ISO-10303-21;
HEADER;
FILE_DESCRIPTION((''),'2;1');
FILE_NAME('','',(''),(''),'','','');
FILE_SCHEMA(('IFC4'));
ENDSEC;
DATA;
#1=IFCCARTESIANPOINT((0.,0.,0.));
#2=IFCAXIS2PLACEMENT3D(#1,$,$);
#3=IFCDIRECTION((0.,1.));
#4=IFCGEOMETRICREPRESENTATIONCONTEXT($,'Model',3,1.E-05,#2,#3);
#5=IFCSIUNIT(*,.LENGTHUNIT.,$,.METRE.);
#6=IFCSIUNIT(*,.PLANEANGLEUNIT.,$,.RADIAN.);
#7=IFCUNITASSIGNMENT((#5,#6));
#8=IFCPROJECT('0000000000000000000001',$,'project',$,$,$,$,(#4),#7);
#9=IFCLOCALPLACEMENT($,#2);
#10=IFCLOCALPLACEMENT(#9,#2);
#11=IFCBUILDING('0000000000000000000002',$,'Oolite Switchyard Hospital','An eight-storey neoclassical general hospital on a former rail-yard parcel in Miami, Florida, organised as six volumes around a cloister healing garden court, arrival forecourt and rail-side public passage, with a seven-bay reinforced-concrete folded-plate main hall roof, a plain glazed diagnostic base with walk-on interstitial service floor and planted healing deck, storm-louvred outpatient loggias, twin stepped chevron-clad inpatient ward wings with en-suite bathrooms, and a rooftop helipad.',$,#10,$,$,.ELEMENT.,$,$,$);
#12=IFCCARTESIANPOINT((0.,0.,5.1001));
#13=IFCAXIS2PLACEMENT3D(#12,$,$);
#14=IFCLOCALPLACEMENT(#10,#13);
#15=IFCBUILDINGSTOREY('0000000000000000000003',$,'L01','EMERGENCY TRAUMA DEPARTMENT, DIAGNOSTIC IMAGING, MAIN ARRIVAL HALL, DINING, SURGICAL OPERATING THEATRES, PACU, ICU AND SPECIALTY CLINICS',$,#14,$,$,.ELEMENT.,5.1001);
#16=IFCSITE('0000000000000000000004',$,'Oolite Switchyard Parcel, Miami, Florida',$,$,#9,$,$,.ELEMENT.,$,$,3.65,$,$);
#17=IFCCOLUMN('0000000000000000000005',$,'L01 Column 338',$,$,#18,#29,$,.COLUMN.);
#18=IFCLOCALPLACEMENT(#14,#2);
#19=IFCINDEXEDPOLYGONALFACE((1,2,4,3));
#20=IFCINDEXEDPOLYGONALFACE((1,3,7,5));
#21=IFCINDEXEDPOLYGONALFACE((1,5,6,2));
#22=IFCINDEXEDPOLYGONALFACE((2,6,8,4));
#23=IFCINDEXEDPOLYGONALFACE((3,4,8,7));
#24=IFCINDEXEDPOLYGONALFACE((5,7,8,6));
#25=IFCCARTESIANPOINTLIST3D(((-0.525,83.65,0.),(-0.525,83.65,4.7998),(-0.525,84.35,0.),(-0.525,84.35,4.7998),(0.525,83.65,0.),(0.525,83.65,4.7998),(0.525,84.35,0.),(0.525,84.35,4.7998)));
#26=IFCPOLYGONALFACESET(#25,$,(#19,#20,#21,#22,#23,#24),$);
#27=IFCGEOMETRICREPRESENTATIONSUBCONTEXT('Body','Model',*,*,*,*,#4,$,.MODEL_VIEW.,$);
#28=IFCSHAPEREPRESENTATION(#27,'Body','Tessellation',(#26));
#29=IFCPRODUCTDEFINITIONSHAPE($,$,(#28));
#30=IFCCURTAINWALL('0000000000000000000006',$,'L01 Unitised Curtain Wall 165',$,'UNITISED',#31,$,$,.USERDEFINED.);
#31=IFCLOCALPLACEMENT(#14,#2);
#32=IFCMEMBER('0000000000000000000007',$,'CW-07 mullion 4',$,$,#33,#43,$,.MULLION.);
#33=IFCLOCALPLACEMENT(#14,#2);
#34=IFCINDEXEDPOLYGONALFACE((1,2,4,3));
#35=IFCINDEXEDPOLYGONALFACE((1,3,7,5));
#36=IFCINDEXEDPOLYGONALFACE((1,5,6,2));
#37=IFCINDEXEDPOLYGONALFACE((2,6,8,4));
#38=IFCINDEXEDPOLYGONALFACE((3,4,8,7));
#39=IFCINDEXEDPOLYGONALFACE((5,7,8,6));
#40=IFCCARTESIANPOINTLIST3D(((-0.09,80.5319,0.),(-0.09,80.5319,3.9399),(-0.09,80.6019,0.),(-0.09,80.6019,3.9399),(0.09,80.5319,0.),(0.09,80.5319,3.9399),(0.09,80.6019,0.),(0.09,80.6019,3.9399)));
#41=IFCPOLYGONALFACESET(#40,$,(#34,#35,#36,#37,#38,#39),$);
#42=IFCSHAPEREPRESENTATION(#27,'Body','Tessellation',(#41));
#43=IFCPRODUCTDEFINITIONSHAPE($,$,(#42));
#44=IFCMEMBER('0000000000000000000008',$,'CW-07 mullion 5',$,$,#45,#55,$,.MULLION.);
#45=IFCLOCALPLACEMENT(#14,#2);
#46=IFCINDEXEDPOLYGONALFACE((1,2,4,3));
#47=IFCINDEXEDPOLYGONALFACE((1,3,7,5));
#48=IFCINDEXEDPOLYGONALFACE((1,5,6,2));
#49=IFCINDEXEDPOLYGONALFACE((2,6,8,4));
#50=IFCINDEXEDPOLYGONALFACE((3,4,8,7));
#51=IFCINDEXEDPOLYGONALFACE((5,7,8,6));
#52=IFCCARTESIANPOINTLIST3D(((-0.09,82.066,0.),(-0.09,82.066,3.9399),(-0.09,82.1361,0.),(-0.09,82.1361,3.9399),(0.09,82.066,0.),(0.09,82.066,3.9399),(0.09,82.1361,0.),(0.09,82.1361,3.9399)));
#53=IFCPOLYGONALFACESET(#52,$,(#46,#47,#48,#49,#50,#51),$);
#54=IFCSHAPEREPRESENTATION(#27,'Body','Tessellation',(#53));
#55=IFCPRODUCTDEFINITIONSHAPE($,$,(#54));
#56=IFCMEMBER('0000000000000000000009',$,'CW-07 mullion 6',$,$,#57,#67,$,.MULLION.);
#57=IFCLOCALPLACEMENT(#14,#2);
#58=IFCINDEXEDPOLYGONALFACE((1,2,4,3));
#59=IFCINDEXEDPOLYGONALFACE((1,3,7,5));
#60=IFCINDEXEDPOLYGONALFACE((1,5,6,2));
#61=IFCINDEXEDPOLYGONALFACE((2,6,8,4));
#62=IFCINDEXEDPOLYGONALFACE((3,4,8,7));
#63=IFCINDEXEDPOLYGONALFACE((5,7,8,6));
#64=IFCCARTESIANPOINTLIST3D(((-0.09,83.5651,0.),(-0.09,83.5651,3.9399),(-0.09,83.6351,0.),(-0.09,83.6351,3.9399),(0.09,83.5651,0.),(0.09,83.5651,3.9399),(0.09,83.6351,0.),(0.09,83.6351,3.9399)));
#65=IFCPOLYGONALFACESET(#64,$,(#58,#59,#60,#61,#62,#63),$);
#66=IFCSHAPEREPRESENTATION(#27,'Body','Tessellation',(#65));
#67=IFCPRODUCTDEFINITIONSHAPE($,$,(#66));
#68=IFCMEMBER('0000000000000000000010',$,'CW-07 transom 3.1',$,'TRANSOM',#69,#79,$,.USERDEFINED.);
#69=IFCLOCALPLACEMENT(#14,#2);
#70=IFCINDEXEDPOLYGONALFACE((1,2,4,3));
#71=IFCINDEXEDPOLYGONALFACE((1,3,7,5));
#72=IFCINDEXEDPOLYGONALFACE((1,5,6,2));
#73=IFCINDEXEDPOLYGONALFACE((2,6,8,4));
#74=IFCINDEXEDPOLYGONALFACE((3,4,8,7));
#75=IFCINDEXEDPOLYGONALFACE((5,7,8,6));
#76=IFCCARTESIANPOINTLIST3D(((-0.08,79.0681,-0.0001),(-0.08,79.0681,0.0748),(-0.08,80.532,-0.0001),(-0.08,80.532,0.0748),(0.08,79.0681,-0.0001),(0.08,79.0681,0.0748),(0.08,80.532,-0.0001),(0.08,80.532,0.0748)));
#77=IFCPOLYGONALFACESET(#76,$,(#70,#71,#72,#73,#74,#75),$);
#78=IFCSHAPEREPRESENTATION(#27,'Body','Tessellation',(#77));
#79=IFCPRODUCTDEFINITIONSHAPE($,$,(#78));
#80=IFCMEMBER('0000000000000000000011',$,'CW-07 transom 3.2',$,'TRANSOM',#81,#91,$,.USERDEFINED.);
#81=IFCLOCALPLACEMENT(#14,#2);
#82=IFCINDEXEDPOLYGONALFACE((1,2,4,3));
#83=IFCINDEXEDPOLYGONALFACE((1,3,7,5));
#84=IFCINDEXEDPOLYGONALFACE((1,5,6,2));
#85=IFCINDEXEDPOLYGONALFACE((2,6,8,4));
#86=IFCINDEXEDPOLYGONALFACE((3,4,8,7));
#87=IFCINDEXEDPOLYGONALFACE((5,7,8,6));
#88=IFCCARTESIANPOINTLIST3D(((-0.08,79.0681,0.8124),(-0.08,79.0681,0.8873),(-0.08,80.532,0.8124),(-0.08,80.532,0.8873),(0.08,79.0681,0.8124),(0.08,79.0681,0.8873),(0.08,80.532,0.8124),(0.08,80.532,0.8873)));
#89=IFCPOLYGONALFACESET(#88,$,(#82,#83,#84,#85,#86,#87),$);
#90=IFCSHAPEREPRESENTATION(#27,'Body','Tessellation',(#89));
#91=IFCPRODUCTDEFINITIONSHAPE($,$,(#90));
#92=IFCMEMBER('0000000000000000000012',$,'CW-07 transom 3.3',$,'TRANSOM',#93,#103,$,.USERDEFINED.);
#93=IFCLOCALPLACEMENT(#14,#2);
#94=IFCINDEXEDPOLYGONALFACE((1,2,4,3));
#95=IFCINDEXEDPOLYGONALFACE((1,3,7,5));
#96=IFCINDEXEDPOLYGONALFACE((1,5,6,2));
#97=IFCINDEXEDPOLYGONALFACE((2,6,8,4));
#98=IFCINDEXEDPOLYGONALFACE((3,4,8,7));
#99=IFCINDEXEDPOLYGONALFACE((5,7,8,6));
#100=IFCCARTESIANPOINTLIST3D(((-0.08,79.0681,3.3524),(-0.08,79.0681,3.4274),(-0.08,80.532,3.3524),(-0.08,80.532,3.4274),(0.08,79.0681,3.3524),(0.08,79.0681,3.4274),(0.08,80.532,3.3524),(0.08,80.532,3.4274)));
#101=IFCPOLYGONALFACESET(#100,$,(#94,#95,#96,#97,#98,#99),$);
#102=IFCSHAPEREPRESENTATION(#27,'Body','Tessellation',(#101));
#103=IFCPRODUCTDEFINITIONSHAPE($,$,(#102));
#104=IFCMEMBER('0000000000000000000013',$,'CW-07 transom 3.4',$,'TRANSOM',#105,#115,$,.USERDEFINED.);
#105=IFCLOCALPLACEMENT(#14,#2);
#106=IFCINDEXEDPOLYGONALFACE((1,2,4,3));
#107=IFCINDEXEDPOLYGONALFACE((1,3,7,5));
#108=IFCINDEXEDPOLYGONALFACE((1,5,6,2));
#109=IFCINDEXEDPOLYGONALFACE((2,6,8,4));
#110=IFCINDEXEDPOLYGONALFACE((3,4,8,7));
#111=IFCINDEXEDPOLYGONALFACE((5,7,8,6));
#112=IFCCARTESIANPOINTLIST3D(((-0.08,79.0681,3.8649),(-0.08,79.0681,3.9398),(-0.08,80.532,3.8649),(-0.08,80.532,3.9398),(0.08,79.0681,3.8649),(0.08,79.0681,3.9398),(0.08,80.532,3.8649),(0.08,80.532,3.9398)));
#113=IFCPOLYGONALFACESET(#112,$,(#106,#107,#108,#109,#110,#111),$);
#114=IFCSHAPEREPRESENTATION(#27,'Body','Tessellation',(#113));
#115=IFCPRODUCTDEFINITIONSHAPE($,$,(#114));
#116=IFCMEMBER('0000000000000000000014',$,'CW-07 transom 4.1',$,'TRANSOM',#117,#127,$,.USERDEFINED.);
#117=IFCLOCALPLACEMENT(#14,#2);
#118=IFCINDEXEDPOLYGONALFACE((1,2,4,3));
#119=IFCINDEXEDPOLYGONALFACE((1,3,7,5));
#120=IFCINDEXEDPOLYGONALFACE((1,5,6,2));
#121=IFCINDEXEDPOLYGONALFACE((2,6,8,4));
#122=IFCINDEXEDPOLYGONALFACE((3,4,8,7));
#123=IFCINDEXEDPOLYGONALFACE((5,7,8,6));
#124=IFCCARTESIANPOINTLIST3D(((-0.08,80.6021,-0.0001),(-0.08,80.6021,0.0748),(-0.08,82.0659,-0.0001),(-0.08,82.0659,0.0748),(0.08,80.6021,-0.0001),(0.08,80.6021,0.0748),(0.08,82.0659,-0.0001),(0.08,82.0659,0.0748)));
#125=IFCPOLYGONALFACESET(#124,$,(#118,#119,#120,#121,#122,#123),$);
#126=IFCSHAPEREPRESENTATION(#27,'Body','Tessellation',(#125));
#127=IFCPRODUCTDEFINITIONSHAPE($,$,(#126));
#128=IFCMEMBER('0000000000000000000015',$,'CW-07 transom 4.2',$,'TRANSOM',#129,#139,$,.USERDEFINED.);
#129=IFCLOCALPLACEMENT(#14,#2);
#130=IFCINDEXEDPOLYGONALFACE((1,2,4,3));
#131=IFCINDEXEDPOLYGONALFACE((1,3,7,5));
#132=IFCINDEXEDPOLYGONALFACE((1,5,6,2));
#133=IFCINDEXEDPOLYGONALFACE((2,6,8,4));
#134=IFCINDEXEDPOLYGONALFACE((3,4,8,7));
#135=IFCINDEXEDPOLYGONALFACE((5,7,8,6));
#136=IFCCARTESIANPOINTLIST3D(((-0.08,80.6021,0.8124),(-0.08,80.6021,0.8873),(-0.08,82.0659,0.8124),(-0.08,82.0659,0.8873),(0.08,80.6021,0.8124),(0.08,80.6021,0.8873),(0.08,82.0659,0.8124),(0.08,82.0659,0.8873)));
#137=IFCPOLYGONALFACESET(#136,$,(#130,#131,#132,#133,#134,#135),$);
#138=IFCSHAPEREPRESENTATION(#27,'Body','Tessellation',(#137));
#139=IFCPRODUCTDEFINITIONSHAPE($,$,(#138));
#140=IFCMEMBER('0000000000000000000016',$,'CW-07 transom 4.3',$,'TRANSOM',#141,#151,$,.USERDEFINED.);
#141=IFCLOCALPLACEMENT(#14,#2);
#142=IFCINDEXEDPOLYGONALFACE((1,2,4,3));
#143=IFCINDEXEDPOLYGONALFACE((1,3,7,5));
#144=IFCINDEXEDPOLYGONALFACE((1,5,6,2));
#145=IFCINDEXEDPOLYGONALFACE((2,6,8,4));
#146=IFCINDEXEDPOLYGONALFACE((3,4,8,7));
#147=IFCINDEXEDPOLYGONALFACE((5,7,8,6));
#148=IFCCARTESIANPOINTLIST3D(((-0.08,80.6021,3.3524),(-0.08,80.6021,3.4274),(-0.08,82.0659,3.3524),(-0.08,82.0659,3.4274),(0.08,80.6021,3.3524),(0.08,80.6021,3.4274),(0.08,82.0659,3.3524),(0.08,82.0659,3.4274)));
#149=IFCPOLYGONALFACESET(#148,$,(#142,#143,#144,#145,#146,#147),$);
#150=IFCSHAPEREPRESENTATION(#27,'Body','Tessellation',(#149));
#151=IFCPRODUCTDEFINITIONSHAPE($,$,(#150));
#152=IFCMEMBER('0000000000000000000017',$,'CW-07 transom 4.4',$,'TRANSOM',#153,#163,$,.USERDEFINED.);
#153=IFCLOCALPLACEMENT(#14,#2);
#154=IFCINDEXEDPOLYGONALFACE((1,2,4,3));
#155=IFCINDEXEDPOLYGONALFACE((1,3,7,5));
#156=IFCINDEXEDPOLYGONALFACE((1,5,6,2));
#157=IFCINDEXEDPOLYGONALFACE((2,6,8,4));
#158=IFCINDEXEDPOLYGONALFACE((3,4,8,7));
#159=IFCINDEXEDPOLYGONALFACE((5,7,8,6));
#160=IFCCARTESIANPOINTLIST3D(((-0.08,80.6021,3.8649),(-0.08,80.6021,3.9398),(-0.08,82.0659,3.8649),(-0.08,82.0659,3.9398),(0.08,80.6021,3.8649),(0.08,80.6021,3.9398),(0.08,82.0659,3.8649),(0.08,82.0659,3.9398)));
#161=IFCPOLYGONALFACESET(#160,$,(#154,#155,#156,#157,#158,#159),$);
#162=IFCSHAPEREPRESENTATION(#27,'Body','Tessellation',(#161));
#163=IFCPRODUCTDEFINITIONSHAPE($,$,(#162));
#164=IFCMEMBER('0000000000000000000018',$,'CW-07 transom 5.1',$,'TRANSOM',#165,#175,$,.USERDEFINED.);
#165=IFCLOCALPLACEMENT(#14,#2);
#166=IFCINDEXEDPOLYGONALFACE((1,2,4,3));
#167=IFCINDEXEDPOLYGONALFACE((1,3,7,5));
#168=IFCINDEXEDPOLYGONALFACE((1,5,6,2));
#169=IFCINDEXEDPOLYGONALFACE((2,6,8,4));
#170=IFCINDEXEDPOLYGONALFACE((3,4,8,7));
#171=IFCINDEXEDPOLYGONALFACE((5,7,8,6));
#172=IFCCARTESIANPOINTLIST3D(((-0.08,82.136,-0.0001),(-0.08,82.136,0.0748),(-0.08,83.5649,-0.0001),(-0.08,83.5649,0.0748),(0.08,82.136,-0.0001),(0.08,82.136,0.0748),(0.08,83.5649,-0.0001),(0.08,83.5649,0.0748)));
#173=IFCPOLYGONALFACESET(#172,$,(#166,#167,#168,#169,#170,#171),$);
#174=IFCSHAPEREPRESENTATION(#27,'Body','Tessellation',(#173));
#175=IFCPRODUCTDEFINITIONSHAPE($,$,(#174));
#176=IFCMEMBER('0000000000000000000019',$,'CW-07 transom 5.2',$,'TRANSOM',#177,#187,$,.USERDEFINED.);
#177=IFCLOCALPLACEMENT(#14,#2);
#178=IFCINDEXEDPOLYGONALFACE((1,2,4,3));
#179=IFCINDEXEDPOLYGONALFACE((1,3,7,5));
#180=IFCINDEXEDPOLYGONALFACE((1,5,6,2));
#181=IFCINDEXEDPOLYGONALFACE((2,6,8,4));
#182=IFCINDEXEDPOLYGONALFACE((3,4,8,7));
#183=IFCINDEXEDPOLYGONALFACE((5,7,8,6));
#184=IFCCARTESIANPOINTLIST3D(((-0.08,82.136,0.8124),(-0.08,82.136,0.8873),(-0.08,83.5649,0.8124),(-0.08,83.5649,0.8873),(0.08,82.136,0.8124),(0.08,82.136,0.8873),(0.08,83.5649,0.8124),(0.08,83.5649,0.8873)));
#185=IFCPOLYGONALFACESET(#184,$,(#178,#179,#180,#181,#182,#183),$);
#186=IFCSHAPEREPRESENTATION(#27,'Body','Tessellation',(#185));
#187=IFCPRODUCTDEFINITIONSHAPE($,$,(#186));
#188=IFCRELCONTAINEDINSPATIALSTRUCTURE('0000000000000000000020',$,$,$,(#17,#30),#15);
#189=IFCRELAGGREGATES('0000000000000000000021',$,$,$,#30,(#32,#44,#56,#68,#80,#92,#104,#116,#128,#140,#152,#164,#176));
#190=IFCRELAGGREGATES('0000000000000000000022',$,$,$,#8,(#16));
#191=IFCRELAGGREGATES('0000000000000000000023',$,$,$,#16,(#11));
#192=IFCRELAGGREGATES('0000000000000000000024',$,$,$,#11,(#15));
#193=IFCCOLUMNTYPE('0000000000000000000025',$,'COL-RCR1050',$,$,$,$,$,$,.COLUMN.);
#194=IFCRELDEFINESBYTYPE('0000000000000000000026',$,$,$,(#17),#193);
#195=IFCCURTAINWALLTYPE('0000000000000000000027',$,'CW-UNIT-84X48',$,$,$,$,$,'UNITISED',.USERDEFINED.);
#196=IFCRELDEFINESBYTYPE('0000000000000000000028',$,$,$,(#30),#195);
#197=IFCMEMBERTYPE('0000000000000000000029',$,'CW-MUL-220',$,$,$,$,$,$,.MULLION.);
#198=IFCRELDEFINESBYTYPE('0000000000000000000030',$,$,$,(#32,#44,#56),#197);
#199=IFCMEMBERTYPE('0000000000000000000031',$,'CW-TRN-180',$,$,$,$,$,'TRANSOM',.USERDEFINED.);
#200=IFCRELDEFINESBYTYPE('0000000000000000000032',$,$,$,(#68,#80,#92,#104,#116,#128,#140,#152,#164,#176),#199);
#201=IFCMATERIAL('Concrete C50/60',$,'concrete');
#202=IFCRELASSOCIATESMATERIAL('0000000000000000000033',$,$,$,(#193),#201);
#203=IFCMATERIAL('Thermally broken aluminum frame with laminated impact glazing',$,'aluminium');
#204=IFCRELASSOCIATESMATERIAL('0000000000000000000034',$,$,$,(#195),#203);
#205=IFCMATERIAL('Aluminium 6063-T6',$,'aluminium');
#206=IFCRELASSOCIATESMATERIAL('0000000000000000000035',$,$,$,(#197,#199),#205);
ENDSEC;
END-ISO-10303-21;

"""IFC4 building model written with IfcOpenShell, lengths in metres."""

from ifc_helpers import new_model, si_unit, direction, frame, origin, origin_2d, place, context, subcontext, project, spatial, rectangle, extrude, material, material_profile, profile_set, type_object, element, aggregate, save


model = new_model("IFC4")

# Units and contexts
model_context = context("Model", 3, precision=1e-05, world=origin(), true_north=direction((0.0, 1.0)))
body_context = subcontext(model_context, "Body", "Model", "MODEL_VIEW")
ifc_project = project(units=[si_unit("LENGTHUNIT", "METRE"), si_unit("PLANEANGLEUNIT", "RADIAN")], contexts=[model_context])

# Site, building, storey
site_placement = place(None, origin())
site = spatial("IfcSite", under=ifc_project, at=site_placement, Name="Oolite Switchyard Parcel, Miami, Florida", CompositionType="ELEMENT", RefElevation=3.65)
building_placement = place(site_placement, origin())
building = spatial("IfcBuilding", under=site, at=building_placement, Name="Oolite Switchyard Hospital", Description="An eight-storey neoclassical general hospital on a former rail-yard parcel in Miami, Florida, organised as six volumes around a cloister healing garden court, arrival forecourt and rail-side public passage, with a seven-bay reinforced-concrete folded-plate main hall roof, a plain glazed diagnostic base with walk-on interstitial service floor and planted healing deck, storm-louvred outpatient loggias, twin stepped chevron-clad inpatient ward wings with en-suite bathrooms, and a rooftop helipad.", CompositionType="ELEMENT")
storey_placement = place(building_placement, frame((0.0, 0.0, 5.1001)))
storey = spatial("IfcBuildingStorey", under=building, at=storey_placement, Name="L01", Description="EMERGENCY TRAUMA DEPARTMENT, DIAGNOSTIC IMAGING, MAIN ARRIVAL HALL, DINING, SURGICAL OPERATING THEATRES, PACU, ICU AND SPECIALTY CLINICS", CompositionType="ELEMENT", Elevation=5.1001)

# Column
ifc_material_1 = material(Name="Concrete C50/60", Category="concrete")
ifc_material_profile_1 = material_profile(ifc_material_1, rectangle(XDim=1.05, YDim=0.7, at=origin_2d()), Name="RC1050X700")
ifc_profile_set_1 = profile_set([ifc_material_profile_1], Name="Concrete C50/60")
column_type = type_object("IfcColumnType", Name="COL-RCR1050", PredefinedType="COLUMN", material=ifc_profile_set_1)
column_placement = place(storey_placement, frame((0.0, 84.0, 0.0), z_axis=(0.0, 0.0, 1.0), x_axis=(1.0, 0.0, 0.0)))
element("IfcColumn", 1, at=column_placement, inside=storey, type_object=column_type, Name="L01 Column 338", PredefinedType="COLUMN", context=body_context, shape_type="SweptSolid", body=[
    extrude(rectangle(XDim=1.05, YDim=0.7, at=origin_2d()), origin(), (0.0, 0.0, 1.0), 4.7998),
])

# Curtain wall, members
ifc_material_2 = material(Name="Thermally broken aluminum frame with laminated impact glazing", Category="aluminium")
curtain_wall_type = type_object("IfcCurtainWallType", Name="CW-UNIT-84X48", ElementType="UNITISED", PredefinedType="USERDEFINED", material=ifc_material_2)
curtain_wall_placement = place(storey_placement, origin())
curtain_wall = element("IfcCurtainWall", 2, at=curtain_wall_placement, inside=storey, type_object=curtain_wall_type, Name="L01 Unitised Curtain Wall 165", ObjectType="UNITISED", PredefinedType="USERDEFINED")
ifc_material_3 = material(Name="Aluminium 6063-T6", Category="aluminium")
ifc_material_profile_2 = material_profile(ifc_material_3, rectangle(XDim=0.1799, YDim=0.0701, at=origin_2d()), Name="CWM70X180")
ifc_profile_set_2 = profile_set([ifc_material_profile_2], Name="Aluminium 6063-T6")
member_type_1 = type_object("IfcMemberType", Name="CW-MUL-220", PredefinedType="MULLION", material=ifc_profile_set_2)
member_1_placement = place(storey_placement, frame((0.0, 80.5669, 0.0), z_axis=(0.0, 0.0, 1.0), x_axis=(-1.0, 0.0, 0.0)))
member_1 = element("IfcMember", 3, at=member_1_placement, type_object=member_type_1, Name="CW-07 mullion 4", PredefinedType="MULLION", context=body_context, shape_type="SweptSolid", body=[
    extrude(rectangle(XDim=0.1799, YDim=0.0701, at=origin_2d()), origin(), (0.0, 0.0, 1.0), 3.9399),
])
member_2_placement = place(storey_placement, frame((0.0, 82.1011, 0.0), z_axis=(0.0, 0.0, 1.0), x_axis=(-1.0, 0.0, 0.0)))
member_2 = element("IfcMember", 4, at=member_2_placement, type_object=member_type_1, Name="CW-07 mullion 5", PredefinedType="MULLION", context=body_context, shape_type="SweptSolid", body=[
    extrude(rectangle(XDim=0.1799, YDim=0.0701, at=origin_2d()), origin(), (0.0, 0.0, 1.0), 3.9399),
])
member_3_placement = place(storey_placement, frame((0.0, 83.6001, 0.0), z_axis=(0.0, 0.0, 1.0), x_axis=(-1.0, 0.0, 0.0)))
member_3 = element("IfcMember", 5, at=member_3_placement, type_object=member_type_1, Name="CW-07 mullion 6", PredefinedType="MULLION", context=body_context, shape_type="SweptSolid", body=[
    extrude(rectangle(XDim=0.1799, YDim=0.0701, at=origin_2d()), origin(), (0.0, 0.0, 1.0), 3.9399),
])
ifc_material_profile_3 = material_profile(ifc_material_3, rectangle(XDim=0.1599, YDim=0.075, at=origin_2d()), Name="CWT75X160")
ifc_profile_set_3 = profile_set([ifc_material_profile_3], Name="Aluminium 6063-T6")
member_type_2 = type_object("IfcMemberType", Name="CW-TRN-180", ElementType="TRANSOM", PredefinedType="USERDEFINED", material=ifc_profile_set_3)
member_4_placement = place(storey_placement, frame((0.0, 79.0681, 0.0374), z_axis=(0.0, 1.0, 0.0), x_axis=(-1.0, 0.0, 0.0)))
member_4 = element("IfcMember", 6, at=member_4_placement, type_object=member_type_2, Name="CW-07 transom 3.1", ObjectType="TRANSOM", PredefinedType="USERDEFINED", context=body_context, shape_type="SweptSolid", body=[
    extrude(rectangle(XDim=0.1599, YDim=0.075, at=origin_2d()), origin(), (0.0, 0.0, 1.0), 1.4639),
])
member_5_placement = place(storey_placement, frame((0.0, 79.0681, 0.8499), z_axis=(0.0, 1.0, 0.0), x_axis=(-1.0, 0.0, 0.0)))
member_5 = element("IfcMember", 7, at=member_5_placement, type_object=member_type_2, Name="CW-07 transom 3.2", ObjectType="TRANSOM", PredefinedType="USERDEFINED", context=body_context, shape_type="SweptSolid", body=[
    extrude(rectangle(XDim=0.1599, YDim=0.075, at=origin_2d()), origin(), (0.0, 0.0, 1.0), 1.4639),
])
member_6_placement = place(storey_placement, frame((0.0, 79.0681, 3.3899), z_axis=(0.0, 1.0, 0.0), x_axis=(-1.0, 0.0, 0.0)))
member_6 = element("IfcMember", 8, at=member_6_placement, type_object=member_type_2, Name="CW-07 transom 3.3", ObjectType="TRANSOM", PredefinedType="USERDEFINED", context=body_context, shape_type="SweptSolid", body=[
    extrude(rectangle(XDim=0.1599, YDim=0.075, at=origin_2d()), origin(), (0.0, 0.0, 1.0), 1.4639),
])
member_7_placement = place(storey_placement, frame((0.0, 79.0681, 3.9023), z_axis=(0.0, 1.0, 0.0), x_axis=(-1.0, 0.0, 0.0)))
member_7 = element("IfcMember", 9, at=member_7_placement, type_object=member_type_2, Name="CW-07 transom 3.4", ObjectType="TRANSOM", PredefinedType="USERDEFINED", context=body_context, shape_type="SweptSolid", body=[
    extrude(rectangle(XDim=0.1599, YDim=0.075, at=origin_2d()), origin(), (0.0, 0.0, 1.0), 1.4639),
])
member_8_placement = place(storey_placement, frame((0.0, 80.6021, 0.0374), z_axis=(0.0, 1.0, 0.0), x_axis=(-1.0, 0.0, 0.0)))
member_8 = element("IfcMember", 10, at=member_8_placement, type_object=member_type_2, Name="CW-07 transom 4.1", ObjectType="TRANSOM", PredefinedType="USERDEFINED", context=body_context, shape_type="SweptSolid", body=[
    extrude(rectangle(XDim=0.1599, YDim=0.075, at=origin_2d()), origin(), (0.0, 0.0, 1.0), 1.4639),
])
member_9_placement = place(storey_placement, frame((0.0, 80.6021, 0.8499), z_axis=(0.0, 1.0, 0.0), x_axis=(-1.0, 0.0, 0.0)))
member_9 = element("IfcMember", 11, at=member_9_placement, type_object=member_type_2, Name="CW-07 transom 4.2", ObjectType="TRANSOM", PredefinedType="USERDEFINED", context=body_context, shape_type="SweptSolid", body=[
    extrude(rectangle(XDim=0.1599, YDim=0.075, at=origin_2d()), origin(), (0.0, 0.0, 1.0), 1.4639),
])
member_10_placement = place(storey_placement, frame((0.0, 80.6021, 3.3899), z_axis=(0.0, 1.0, 0.0), x_axis=(-1.0, 0.0, 0.0)))
member_10 = element("IfcMember", 12, at=member_10_placement, type_object=member_type_2, Name="CW-07 transom 4.3", ObjectType="TRANSOM", PredefinedType="USERDEFINED", context=body_context, shape_type="SweptSolid", body=[
    extrude(rectangle(XDim=0.1599, YDim=0.075, at=origin_2d()), origin(), (0.0, 0.0, 1.0), 1.4639),
])
member_11_placement = place(storey_placement, frame((0.0, 80.6021, 3.9023), z_axis=(0.0, 1.0, 0.0), x_axis=(-1.0, 0.0, 0.0)))
member_11 = element("IfcMember", 13, at=member_11_placement, type_object=member_type_2, Name="CW-07 transom 4.4", ObjectType="TRANSOM", PredefinedType="USERDEFINED", context=body_context, shape_type="SweptSolid", body=[
    extrude(rectangle(XDim=0.1599, YDim=0.075, at=origin_2d()), origin(), (0.0, 0.0, 1.0), 1.4639),
])
member_12_placement = place(storey_placement, frame((0.0, 82.136, 0.0374), z_axis=(0.0, 1.0, 0.0), x_axis=(-1.0, 0.0, 0.0)))
member_12 = element("IfcMember", 14, at=member_12_placement, type_object=member_type_2, Name="CW-07 transom 5.1", ObjectType="TRANSOM", PredefinedType="USERDEFINED", context=body_context, shape_type="SweptSolid", body=[
    extrude(rectangle(XDim=0.1599, YDim=0.075, at=origin_2d()), origin(), (0.0, 0.0, 1.0), 1.429),
])
member_13_placement = place(storey_placement, frame((0.0, 82.136, 0.8499), z_axis=(0.0, 1.0, 0.0), x_axis=(-1.0, 0.0, 0.0)))
member_13 = element("IfcMember", 15, at=member_13_placement, type_object=member_type_2, Name="CW-07 transom 5.2", ObjectType="TRANSOM", PredefinedType="USERDEFINED", context=body_context, shape_type="SweptSolid", body=[
    extrude(rectangle(XDim=0.1599, YDim=0.075, at=origin_2d()), origin(), (0.0, 0.0, 1.0), 1.429),
])
aggregate(curtain_wall, [member_1, member_2, member_3, member_4, member_5, member_6, member_7, member_8, member_9, member_10, member_11, member_12, member_13])

save(model, "model.ifc")
